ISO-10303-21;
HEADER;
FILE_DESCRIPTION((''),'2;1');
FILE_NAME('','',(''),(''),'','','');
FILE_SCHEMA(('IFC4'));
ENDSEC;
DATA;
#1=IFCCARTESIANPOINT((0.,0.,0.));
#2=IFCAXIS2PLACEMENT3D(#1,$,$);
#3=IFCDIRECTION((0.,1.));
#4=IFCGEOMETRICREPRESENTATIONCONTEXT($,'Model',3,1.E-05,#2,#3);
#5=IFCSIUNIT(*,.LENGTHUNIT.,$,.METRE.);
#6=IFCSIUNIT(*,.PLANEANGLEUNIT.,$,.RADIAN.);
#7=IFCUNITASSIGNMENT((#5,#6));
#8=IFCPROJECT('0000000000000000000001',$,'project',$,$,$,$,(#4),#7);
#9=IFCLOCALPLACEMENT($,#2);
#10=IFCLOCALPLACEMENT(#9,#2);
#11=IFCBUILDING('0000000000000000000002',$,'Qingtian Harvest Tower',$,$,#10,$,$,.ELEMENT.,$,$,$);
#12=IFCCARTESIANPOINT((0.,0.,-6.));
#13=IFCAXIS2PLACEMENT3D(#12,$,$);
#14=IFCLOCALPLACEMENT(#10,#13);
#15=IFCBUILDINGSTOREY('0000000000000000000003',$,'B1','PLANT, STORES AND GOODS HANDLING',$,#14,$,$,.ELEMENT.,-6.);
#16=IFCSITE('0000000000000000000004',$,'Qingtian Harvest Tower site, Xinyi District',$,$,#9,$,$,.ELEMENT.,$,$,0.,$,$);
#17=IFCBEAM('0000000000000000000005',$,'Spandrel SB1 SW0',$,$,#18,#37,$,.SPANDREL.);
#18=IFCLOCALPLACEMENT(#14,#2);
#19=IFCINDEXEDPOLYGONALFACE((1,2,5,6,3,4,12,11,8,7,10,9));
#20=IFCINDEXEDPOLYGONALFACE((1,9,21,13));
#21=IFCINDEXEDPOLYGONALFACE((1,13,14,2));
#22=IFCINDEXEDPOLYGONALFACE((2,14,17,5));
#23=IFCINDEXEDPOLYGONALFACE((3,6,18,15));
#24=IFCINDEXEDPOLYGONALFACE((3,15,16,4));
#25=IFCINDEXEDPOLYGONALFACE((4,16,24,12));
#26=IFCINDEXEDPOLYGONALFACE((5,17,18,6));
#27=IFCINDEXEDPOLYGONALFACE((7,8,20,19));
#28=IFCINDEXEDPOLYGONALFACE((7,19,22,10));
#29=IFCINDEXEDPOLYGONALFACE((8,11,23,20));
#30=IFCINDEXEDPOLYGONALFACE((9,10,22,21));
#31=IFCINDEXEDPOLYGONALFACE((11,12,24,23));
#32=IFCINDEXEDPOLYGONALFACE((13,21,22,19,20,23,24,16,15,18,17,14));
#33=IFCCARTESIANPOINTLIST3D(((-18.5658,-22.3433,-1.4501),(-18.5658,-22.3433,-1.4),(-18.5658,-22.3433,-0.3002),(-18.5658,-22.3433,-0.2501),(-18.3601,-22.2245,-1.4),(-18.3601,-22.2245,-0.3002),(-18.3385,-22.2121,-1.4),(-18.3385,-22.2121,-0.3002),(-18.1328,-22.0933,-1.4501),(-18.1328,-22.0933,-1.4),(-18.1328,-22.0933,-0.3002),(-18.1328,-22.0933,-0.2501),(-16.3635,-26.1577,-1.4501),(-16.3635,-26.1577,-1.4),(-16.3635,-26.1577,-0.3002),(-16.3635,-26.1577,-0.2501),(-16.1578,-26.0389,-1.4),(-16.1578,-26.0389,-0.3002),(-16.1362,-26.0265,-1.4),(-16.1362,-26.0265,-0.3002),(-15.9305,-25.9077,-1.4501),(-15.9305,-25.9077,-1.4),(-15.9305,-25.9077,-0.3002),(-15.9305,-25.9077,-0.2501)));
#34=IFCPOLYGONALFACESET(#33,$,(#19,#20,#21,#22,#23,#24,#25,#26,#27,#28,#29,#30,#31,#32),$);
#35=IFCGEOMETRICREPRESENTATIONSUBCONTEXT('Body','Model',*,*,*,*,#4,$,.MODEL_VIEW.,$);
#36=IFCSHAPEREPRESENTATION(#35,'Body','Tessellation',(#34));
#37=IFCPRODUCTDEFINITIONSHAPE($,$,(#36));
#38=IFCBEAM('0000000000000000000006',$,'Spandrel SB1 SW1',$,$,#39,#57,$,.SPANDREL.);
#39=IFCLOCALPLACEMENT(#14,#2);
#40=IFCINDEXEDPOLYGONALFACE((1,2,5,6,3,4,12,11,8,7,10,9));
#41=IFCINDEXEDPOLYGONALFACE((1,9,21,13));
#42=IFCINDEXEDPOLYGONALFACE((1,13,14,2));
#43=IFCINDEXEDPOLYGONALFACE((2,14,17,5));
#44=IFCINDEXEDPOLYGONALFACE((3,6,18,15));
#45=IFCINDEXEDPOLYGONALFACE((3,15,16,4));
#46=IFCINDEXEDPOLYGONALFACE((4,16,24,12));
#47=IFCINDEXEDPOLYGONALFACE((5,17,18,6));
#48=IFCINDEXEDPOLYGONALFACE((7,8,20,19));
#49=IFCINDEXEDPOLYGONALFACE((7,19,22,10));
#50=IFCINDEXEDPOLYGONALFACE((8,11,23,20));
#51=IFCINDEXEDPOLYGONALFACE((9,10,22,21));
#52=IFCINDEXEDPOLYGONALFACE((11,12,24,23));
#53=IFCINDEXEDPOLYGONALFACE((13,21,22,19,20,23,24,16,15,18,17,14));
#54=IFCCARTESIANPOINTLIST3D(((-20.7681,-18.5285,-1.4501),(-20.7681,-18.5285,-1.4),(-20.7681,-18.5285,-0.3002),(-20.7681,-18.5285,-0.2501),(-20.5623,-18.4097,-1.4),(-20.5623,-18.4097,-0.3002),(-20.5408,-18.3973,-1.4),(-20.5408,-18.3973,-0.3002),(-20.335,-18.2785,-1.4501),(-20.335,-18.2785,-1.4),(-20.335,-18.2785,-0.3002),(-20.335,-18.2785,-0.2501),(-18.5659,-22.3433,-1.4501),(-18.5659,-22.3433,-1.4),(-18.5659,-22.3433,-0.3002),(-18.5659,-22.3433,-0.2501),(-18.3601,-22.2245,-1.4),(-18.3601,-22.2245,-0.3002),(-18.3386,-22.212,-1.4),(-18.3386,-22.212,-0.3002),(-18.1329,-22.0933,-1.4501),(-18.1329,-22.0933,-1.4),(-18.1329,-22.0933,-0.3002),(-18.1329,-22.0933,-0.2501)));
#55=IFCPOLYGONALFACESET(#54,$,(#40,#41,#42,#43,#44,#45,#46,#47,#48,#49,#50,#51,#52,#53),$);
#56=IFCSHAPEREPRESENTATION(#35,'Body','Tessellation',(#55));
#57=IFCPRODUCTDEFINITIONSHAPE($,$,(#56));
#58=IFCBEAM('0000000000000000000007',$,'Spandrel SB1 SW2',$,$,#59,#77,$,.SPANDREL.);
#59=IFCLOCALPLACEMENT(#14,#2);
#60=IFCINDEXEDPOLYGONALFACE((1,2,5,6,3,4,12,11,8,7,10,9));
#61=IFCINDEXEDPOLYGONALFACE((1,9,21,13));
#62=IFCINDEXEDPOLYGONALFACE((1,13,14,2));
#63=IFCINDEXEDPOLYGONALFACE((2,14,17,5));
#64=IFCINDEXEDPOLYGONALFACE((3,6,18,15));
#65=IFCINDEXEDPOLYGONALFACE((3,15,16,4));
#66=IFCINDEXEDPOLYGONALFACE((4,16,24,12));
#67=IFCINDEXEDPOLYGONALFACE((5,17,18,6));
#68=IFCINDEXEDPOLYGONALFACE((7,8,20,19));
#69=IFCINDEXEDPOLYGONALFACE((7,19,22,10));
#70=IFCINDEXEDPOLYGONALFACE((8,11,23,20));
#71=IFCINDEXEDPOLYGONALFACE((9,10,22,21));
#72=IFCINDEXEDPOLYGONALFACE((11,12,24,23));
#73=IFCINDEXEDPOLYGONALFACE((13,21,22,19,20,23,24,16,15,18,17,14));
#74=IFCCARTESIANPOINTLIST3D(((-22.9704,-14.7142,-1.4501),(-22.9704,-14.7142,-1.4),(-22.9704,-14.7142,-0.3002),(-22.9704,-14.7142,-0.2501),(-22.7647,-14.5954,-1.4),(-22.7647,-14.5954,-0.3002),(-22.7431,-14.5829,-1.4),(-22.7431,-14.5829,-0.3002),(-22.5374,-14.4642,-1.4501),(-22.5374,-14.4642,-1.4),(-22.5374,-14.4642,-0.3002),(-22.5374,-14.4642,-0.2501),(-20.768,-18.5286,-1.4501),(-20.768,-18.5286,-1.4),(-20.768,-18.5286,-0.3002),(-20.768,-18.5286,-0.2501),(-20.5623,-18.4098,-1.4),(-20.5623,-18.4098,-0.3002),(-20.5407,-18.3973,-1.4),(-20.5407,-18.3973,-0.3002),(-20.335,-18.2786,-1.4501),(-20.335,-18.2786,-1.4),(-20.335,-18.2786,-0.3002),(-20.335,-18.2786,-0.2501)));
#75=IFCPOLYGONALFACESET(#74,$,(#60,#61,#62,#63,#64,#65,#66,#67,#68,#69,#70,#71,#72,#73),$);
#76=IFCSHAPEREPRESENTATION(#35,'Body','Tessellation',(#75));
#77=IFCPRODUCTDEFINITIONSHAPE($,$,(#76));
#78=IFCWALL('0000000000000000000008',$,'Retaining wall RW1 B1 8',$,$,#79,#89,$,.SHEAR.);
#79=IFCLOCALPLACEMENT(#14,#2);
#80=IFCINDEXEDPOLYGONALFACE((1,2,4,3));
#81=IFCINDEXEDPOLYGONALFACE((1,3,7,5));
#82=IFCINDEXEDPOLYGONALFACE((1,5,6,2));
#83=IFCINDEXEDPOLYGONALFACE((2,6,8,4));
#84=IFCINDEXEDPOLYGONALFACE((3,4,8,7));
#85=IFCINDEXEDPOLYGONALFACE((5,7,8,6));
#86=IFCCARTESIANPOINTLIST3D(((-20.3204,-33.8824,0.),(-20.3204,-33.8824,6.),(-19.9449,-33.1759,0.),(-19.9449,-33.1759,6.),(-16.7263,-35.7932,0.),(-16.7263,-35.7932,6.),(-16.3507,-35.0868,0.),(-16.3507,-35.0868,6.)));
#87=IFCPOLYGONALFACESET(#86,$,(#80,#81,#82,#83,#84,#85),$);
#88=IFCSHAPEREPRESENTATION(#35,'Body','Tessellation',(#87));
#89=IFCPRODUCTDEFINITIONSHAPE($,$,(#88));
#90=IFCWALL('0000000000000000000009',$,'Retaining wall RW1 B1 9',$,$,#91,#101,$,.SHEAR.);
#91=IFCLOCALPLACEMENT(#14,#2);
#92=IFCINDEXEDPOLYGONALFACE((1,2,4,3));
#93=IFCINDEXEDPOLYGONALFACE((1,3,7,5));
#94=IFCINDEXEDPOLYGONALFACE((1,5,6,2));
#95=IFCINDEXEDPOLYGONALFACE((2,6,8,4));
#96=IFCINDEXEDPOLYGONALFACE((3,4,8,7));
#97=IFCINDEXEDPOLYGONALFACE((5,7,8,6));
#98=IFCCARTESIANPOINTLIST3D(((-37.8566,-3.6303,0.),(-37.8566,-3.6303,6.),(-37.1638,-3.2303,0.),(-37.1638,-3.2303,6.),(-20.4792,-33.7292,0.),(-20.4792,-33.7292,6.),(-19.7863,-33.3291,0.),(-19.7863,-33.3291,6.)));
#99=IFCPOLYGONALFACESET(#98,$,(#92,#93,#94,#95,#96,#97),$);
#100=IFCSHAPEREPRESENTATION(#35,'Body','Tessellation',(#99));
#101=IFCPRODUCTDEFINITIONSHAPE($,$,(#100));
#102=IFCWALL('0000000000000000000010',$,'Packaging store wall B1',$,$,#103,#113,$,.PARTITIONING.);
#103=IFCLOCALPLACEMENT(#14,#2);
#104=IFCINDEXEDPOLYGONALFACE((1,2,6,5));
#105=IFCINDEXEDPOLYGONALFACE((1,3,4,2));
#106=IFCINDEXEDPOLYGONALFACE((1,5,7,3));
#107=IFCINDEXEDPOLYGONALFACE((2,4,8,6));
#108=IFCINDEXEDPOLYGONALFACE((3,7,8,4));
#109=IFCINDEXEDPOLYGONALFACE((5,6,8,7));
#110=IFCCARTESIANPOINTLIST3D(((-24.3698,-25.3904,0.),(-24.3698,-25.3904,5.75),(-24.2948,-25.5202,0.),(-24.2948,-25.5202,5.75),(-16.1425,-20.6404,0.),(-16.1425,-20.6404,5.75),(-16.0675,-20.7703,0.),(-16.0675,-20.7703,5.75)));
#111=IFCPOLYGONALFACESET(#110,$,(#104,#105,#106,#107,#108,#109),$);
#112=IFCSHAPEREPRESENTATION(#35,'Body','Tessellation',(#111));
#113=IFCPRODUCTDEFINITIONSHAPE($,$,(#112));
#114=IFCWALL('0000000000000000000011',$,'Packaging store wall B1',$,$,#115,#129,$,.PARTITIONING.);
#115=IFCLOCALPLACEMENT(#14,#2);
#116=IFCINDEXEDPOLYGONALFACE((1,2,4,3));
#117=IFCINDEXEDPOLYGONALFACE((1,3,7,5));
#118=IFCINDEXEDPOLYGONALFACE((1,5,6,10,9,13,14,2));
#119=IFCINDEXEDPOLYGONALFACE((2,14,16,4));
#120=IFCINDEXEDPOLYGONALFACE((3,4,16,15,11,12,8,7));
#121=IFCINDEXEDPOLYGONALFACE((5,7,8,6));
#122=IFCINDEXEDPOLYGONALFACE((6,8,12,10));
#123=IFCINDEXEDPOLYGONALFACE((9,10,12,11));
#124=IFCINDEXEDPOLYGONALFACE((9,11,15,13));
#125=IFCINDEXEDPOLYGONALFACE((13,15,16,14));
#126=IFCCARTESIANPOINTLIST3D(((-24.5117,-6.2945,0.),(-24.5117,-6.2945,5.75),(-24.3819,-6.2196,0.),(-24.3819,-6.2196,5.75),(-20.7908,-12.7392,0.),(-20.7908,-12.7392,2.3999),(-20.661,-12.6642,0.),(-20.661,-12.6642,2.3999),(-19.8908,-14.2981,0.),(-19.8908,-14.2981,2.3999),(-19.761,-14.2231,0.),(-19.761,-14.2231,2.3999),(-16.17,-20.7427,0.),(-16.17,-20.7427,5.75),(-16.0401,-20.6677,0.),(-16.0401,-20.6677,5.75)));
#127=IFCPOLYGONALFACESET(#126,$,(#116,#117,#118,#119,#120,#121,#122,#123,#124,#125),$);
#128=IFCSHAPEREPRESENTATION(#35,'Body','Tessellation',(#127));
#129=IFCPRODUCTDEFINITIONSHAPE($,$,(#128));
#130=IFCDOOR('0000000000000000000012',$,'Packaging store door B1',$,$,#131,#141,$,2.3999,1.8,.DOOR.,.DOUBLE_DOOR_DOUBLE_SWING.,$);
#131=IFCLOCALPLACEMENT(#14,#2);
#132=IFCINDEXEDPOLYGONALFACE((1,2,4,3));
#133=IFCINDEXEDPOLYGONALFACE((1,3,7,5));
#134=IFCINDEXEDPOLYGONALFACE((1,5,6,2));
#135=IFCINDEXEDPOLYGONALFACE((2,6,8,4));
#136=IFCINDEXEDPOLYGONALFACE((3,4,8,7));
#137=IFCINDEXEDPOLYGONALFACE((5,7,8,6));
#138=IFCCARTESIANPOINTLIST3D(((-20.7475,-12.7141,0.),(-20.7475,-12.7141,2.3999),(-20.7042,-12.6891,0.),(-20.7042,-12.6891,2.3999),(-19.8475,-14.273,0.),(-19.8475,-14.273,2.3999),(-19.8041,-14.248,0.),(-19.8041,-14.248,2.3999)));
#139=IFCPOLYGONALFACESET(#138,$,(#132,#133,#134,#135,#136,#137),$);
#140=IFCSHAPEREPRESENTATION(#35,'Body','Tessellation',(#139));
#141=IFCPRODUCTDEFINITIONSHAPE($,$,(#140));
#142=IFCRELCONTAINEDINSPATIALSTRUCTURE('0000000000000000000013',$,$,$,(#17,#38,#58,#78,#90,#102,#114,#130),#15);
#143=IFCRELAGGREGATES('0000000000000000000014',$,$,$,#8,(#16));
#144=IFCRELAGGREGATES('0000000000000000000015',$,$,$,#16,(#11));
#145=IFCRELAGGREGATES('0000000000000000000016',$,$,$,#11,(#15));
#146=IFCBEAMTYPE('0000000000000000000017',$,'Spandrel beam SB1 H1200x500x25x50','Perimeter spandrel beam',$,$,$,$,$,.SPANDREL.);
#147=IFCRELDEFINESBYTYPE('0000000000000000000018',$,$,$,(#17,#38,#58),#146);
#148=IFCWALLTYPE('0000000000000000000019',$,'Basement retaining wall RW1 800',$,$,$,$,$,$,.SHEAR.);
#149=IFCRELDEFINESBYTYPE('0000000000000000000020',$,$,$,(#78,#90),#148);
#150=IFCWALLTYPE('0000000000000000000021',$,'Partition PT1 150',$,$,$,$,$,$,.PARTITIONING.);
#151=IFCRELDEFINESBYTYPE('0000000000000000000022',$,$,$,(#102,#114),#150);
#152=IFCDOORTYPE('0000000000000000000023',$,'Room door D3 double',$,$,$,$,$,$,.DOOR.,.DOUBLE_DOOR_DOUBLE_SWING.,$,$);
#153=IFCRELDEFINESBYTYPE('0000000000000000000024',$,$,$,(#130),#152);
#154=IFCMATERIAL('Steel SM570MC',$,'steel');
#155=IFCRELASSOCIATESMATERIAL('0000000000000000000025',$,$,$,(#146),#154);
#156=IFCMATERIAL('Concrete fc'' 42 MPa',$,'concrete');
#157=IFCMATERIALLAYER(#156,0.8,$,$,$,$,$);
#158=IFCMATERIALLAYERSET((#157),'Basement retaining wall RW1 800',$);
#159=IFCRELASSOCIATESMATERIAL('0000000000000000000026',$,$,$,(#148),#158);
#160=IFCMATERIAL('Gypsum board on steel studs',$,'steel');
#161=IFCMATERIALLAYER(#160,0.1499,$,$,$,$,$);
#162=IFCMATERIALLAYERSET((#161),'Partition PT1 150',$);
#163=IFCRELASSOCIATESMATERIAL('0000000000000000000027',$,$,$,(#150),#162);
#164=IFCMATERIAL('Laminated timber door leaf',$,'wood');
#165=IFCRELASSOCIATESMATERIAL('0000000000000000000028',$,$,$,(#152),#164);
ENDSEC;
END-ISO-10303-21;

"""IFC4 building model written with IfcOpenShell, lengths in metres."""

from ifc_helpers import new_model, si_unit, direction, frame, frame_2d, origin, origin_2d, place, context, subcontext, project, spatial, rectangle, i_section, extrude, material, layer, layer_set, material_profile, profile_set, type_object, element, fill, save


model = new_model("IFC4")

# Units and contexts
model_context = context("Model", 3, precision=1e-05, world=origin(), true_north=direction((0.0, 1.0)))
body_context = subcontext(model_context, "Body", "Model", "MODEL_VIEW")
ifc_project = project(units=[si_unit("LENGTHUNIT", "METRE"), si_unit("PLANEANGLEUNIT", "RADIAN")], contexts=[model_context])

# Site, building, storey
site_placement = place(None, origin())
site = spatial("IfcSite", under=ifc_project, at=site_placement, Name="Qingtian Harvest Tower site, Xinyi District", CompositionType="ELEMENT", RefElevation=0.0)
building_placement = place(site_placement, origin())
building = spatial("IfcBuilding", under=site, at=building_placement, Name="Qingtian Harvest Tower", CompositionType="ELEMENT")
storey_placement = place(building_placement, frame((0.0, 0.0, -6.0)))
storey = spatial("IfcBuildingStorey", under=building, at=storey_placement, Name="B1", Description="PLANT, STORES AND GOODS HANDLING", CompositionType="ELEMENT", Elevation=-6.0)

# Beams
ifc_material_1 = material(Name="Steel SM570MC", Category="steel")
ifc_material_profile_1 = material_profile(ifc_material_1, i_section(OverallWidth=0.5, OverallDepth=1.2, WebThickness=0.0249, FlangeThickness=0.05, at=origin_2d()), Name="H1200x500x25x50")
ifc_profile_set_1 = profile_set([ifc_material_profile_1], Name="Steel SM570MC")
beam_type_1 = type_object("IfcBeamType", Name="Spandrel beam SB1 H1200x500x25x50", Description="Perimeter spandrel beam", PredefinedType="SPANDREL", material=ifc_profile_set_1)
beam_1_placement = place(storey_placement, frame((-16.147, -26.0327, -0.8501), z_axis=(-0.50002, 0.866014, 0.0), x_axis=(-0.866014, -0.50002, 0.0)))
element("IfcBeam", 1, at=beam_1_placement, inside=storey, type_object=beam_type_1, Name="Spandrel SB1 SW0", PredefinedType="SPANDREL", context=body_context, shape_type="SweptSolid", body=[
    extrude(i_section(OverallWidth=0.5, OverallDepth=1.2, WebThickness=0.0249, FlangeThickness=0.05, at=origin_2d()), origin(), (0.0, 0.0, 1.0), 4.4045),
])
beam_2_placement = place(storey_placement, frame((-18.3494, -22.2183, -0.8501), z_axis=(-0.499954, 0.866052, 0.0), x_axis=(-0.866052, -0.499954, 0.0)))
element("IfcBeam", 2, at=beam_2_placement, inside=storey, type_object=beam_type_1, Name="Spandrel SB1 SW1", PredefinedType="SPANDREL", context=body_context, shape_type="SweptSolid", body=[
    extrude(i_section(OverallWidth=0.5, OverallDepth=1.2, WebThickness=0.0249, FlangeThickness=0.05, at=origin_2d()), origin(), (0.0, 0.0, 1.0), 4.4048),
])
beam_3_placement = place(storey_placement, frame((-20.5515, -18.4036, -0.8501), z_axis=(-0.50002, 0.866014, 0.0), x_axis=(-0.866014, -0.50002, 0.0)))
element("IfcBeam", 3, at=beam_3_placement, inside=storey, type_object=beam_type_1, Name="Spandrel SB1 SW2", PredefinedType="SPANDREL", context=body_context, shape_type="SweptSolid", body=[
    extrude(i_section(OverallWidth=0.5, OverallDepth=1.2, WebThickness=0.0249, FlangeThickness=0.05, at=origin_2d()), origin(), (0.0, 0.0, 1.0), 4.4045),
])

# Walls
ifc_material_2 = material(Name="Concrete fc' 42 MPa", Category="concrete")
ifc_layer_1 = layer(ifc_material_2, 0.8)
ifc_layer_set_1 = layer_set([ifc_layer_1], Name="Basement retaining wall RW1 800")
wall_type_1 = type_object("IfcWallType", Name="Basement retaining wall RW1 800", PredefinedType="SHEAR", material=ifc_layer_set_1)
wall_1_placement = place(storey_placement, frame((-16.5386, -35.4399, 0.0), z_axis=(0.0, 0.0, 1.0), x_axis=(-0.882968, 0.469433, 0.0)))
element("IfcWall", 4, at=wall_1_placement, inside=storey, type_object=wall_type_1, Name="Retaining wall RW1 B1 8", PredefinedType="SHEAR", context=body_context, shape_type="SweptSolid", body=[
    extrude(rectangle(XDim=4.0706, YDim=0.8, at=frame_2d((2.0352, 0.0))), origin(), (0.0, 0.0, 1.0), 6.0),
])
wall_2_placement = place(storey_placement, frame((-20.1328, -33.5291, 0.0), z_axis=(0.0, 0.0, 1.0), x_axis=(-0.499997, 0.866027, 0.0)))
element("IfcWall", 5, at=wall_2_placement, inside=storey, type_object=wall_type_1, Name="Retaining wall RW1 B1 9", PredefinedType="SHEAR", context=body_context, shape_type="SweptSolid", body=[
    extrude(rectangle(XDim=34.7551, YDim=0.8, at=frame_2d((17.3774, 0.0))), origin(), (0.0, 0.0, 1.0), 6.0),
])
ifc_material_3 = material(Name="Gypsum board on steel studs", Category="steel")
ifc_layer_2 = layer(ifc_material_3, 0.1499)
ifc_layer_set_2 = layer_set([ifc_layer_2], Name="Partition PT1 150")
wall_type_2 = type_object("IfcWallType", Name="Partition PT1 150", PredefinedType="PARTITIONING", material=ifc_layer_set_2)
wall_3_placement = place(storey_placement, frame((-24.3323, -25.4553, 0.0), z_axis=(0.0, 0.0, 1.0), x_axis=(0.866027, 0.499998, 0.0)))
element("IfcWall", 6, at=wall_3_placement, inside=storey, type_object=wall_type_2, Name="Packaging store wall B1", PredefinedType="PARTITIONING", context=body_context, shape_type="SweptSolid", body=[
    extrude(rectangle(XDim=9.5, YDim=0.1499, at=frame_2d((4.75, 0.0))), origin(), (0.0, 0.0, 1.0), 5.75),
])

# Wall, opening, door
wall_4_placement = place(storey_placement, frame((-16.105, -20.7053, 0.0), z_axis=(0.0, 0.0, 1.0), x_axis=(-0.500005, 0.866023, 0.0)))
wall_4 = element("IfcWall", 7, at=wall_4_placement, inside=storey, type_object=wall_type_2, Name="Packaging store wall B1", PredefinedType="PARTITIONING", context=body_context, shape_type="SweptSolid", body=[
    extrude(rectangle(XDim=16.6833, YDim=0.1499, at=frame_2d((8.3418, 0.0))), origin(), (0.0, 0.0, 1.0), 5.75),
])
opening_placement = place(wall_4_placement, frame((7.4419, 0.0, 0.0)))
opening = element("IfcOpeningElement", 8, at=opening_placement, cuts=wall_4, PredefinedType="OPENING", context=body_context, shape_type="SweptSolid", body=[
    extrude(rectangle(XDim=1.8, YDim=2.3999, at=frame_2d((0.8999, 1.2))), frame((0.0, 0.085, 0.0), z_axis=(0.0, -1.0, 0.0), x_axis=(1.0, 0.0, 0.0)), (0.0, 0.0, 1.0), 0.1699),
])
ifc_material_4 = material(Name="Laminated timber door leaf", Category="wood")
door_type = type_object("IfcDoorType", Name="Room door D3 double", OperationType="DOUBLE_DOOR_DOUBLE_SWING", PredefinedType="DOOR", material=ifc_material_4)
door_placement = place(opening_placement, origin())
door = element("IfcDoor", 9, at=door_placement, inside=storey, type_object=door_type, Name="Packaging store door B1", OperationType="DOUBLE_DOOR_DOUBLE_SWING", OverallHeight=2.3999, OverallWidth=1.8, PredefinedType="DOOR", context=body_context, shape_type="SweptSolid", body=[
    extrude(rectangle(XDim=1.8, YDim=2.3999, at=frame_2d((0.8999, 1.2))), frame((0.0, 0.0249, 0.0), z_axis=(0.0, -1.0, 0.0), x_axis=(1.0, 0.0, 0.0)), (0.0, 0.0, 1.0), 0.05),
])
fill(opening, door)

save(model, "model.ifc")
